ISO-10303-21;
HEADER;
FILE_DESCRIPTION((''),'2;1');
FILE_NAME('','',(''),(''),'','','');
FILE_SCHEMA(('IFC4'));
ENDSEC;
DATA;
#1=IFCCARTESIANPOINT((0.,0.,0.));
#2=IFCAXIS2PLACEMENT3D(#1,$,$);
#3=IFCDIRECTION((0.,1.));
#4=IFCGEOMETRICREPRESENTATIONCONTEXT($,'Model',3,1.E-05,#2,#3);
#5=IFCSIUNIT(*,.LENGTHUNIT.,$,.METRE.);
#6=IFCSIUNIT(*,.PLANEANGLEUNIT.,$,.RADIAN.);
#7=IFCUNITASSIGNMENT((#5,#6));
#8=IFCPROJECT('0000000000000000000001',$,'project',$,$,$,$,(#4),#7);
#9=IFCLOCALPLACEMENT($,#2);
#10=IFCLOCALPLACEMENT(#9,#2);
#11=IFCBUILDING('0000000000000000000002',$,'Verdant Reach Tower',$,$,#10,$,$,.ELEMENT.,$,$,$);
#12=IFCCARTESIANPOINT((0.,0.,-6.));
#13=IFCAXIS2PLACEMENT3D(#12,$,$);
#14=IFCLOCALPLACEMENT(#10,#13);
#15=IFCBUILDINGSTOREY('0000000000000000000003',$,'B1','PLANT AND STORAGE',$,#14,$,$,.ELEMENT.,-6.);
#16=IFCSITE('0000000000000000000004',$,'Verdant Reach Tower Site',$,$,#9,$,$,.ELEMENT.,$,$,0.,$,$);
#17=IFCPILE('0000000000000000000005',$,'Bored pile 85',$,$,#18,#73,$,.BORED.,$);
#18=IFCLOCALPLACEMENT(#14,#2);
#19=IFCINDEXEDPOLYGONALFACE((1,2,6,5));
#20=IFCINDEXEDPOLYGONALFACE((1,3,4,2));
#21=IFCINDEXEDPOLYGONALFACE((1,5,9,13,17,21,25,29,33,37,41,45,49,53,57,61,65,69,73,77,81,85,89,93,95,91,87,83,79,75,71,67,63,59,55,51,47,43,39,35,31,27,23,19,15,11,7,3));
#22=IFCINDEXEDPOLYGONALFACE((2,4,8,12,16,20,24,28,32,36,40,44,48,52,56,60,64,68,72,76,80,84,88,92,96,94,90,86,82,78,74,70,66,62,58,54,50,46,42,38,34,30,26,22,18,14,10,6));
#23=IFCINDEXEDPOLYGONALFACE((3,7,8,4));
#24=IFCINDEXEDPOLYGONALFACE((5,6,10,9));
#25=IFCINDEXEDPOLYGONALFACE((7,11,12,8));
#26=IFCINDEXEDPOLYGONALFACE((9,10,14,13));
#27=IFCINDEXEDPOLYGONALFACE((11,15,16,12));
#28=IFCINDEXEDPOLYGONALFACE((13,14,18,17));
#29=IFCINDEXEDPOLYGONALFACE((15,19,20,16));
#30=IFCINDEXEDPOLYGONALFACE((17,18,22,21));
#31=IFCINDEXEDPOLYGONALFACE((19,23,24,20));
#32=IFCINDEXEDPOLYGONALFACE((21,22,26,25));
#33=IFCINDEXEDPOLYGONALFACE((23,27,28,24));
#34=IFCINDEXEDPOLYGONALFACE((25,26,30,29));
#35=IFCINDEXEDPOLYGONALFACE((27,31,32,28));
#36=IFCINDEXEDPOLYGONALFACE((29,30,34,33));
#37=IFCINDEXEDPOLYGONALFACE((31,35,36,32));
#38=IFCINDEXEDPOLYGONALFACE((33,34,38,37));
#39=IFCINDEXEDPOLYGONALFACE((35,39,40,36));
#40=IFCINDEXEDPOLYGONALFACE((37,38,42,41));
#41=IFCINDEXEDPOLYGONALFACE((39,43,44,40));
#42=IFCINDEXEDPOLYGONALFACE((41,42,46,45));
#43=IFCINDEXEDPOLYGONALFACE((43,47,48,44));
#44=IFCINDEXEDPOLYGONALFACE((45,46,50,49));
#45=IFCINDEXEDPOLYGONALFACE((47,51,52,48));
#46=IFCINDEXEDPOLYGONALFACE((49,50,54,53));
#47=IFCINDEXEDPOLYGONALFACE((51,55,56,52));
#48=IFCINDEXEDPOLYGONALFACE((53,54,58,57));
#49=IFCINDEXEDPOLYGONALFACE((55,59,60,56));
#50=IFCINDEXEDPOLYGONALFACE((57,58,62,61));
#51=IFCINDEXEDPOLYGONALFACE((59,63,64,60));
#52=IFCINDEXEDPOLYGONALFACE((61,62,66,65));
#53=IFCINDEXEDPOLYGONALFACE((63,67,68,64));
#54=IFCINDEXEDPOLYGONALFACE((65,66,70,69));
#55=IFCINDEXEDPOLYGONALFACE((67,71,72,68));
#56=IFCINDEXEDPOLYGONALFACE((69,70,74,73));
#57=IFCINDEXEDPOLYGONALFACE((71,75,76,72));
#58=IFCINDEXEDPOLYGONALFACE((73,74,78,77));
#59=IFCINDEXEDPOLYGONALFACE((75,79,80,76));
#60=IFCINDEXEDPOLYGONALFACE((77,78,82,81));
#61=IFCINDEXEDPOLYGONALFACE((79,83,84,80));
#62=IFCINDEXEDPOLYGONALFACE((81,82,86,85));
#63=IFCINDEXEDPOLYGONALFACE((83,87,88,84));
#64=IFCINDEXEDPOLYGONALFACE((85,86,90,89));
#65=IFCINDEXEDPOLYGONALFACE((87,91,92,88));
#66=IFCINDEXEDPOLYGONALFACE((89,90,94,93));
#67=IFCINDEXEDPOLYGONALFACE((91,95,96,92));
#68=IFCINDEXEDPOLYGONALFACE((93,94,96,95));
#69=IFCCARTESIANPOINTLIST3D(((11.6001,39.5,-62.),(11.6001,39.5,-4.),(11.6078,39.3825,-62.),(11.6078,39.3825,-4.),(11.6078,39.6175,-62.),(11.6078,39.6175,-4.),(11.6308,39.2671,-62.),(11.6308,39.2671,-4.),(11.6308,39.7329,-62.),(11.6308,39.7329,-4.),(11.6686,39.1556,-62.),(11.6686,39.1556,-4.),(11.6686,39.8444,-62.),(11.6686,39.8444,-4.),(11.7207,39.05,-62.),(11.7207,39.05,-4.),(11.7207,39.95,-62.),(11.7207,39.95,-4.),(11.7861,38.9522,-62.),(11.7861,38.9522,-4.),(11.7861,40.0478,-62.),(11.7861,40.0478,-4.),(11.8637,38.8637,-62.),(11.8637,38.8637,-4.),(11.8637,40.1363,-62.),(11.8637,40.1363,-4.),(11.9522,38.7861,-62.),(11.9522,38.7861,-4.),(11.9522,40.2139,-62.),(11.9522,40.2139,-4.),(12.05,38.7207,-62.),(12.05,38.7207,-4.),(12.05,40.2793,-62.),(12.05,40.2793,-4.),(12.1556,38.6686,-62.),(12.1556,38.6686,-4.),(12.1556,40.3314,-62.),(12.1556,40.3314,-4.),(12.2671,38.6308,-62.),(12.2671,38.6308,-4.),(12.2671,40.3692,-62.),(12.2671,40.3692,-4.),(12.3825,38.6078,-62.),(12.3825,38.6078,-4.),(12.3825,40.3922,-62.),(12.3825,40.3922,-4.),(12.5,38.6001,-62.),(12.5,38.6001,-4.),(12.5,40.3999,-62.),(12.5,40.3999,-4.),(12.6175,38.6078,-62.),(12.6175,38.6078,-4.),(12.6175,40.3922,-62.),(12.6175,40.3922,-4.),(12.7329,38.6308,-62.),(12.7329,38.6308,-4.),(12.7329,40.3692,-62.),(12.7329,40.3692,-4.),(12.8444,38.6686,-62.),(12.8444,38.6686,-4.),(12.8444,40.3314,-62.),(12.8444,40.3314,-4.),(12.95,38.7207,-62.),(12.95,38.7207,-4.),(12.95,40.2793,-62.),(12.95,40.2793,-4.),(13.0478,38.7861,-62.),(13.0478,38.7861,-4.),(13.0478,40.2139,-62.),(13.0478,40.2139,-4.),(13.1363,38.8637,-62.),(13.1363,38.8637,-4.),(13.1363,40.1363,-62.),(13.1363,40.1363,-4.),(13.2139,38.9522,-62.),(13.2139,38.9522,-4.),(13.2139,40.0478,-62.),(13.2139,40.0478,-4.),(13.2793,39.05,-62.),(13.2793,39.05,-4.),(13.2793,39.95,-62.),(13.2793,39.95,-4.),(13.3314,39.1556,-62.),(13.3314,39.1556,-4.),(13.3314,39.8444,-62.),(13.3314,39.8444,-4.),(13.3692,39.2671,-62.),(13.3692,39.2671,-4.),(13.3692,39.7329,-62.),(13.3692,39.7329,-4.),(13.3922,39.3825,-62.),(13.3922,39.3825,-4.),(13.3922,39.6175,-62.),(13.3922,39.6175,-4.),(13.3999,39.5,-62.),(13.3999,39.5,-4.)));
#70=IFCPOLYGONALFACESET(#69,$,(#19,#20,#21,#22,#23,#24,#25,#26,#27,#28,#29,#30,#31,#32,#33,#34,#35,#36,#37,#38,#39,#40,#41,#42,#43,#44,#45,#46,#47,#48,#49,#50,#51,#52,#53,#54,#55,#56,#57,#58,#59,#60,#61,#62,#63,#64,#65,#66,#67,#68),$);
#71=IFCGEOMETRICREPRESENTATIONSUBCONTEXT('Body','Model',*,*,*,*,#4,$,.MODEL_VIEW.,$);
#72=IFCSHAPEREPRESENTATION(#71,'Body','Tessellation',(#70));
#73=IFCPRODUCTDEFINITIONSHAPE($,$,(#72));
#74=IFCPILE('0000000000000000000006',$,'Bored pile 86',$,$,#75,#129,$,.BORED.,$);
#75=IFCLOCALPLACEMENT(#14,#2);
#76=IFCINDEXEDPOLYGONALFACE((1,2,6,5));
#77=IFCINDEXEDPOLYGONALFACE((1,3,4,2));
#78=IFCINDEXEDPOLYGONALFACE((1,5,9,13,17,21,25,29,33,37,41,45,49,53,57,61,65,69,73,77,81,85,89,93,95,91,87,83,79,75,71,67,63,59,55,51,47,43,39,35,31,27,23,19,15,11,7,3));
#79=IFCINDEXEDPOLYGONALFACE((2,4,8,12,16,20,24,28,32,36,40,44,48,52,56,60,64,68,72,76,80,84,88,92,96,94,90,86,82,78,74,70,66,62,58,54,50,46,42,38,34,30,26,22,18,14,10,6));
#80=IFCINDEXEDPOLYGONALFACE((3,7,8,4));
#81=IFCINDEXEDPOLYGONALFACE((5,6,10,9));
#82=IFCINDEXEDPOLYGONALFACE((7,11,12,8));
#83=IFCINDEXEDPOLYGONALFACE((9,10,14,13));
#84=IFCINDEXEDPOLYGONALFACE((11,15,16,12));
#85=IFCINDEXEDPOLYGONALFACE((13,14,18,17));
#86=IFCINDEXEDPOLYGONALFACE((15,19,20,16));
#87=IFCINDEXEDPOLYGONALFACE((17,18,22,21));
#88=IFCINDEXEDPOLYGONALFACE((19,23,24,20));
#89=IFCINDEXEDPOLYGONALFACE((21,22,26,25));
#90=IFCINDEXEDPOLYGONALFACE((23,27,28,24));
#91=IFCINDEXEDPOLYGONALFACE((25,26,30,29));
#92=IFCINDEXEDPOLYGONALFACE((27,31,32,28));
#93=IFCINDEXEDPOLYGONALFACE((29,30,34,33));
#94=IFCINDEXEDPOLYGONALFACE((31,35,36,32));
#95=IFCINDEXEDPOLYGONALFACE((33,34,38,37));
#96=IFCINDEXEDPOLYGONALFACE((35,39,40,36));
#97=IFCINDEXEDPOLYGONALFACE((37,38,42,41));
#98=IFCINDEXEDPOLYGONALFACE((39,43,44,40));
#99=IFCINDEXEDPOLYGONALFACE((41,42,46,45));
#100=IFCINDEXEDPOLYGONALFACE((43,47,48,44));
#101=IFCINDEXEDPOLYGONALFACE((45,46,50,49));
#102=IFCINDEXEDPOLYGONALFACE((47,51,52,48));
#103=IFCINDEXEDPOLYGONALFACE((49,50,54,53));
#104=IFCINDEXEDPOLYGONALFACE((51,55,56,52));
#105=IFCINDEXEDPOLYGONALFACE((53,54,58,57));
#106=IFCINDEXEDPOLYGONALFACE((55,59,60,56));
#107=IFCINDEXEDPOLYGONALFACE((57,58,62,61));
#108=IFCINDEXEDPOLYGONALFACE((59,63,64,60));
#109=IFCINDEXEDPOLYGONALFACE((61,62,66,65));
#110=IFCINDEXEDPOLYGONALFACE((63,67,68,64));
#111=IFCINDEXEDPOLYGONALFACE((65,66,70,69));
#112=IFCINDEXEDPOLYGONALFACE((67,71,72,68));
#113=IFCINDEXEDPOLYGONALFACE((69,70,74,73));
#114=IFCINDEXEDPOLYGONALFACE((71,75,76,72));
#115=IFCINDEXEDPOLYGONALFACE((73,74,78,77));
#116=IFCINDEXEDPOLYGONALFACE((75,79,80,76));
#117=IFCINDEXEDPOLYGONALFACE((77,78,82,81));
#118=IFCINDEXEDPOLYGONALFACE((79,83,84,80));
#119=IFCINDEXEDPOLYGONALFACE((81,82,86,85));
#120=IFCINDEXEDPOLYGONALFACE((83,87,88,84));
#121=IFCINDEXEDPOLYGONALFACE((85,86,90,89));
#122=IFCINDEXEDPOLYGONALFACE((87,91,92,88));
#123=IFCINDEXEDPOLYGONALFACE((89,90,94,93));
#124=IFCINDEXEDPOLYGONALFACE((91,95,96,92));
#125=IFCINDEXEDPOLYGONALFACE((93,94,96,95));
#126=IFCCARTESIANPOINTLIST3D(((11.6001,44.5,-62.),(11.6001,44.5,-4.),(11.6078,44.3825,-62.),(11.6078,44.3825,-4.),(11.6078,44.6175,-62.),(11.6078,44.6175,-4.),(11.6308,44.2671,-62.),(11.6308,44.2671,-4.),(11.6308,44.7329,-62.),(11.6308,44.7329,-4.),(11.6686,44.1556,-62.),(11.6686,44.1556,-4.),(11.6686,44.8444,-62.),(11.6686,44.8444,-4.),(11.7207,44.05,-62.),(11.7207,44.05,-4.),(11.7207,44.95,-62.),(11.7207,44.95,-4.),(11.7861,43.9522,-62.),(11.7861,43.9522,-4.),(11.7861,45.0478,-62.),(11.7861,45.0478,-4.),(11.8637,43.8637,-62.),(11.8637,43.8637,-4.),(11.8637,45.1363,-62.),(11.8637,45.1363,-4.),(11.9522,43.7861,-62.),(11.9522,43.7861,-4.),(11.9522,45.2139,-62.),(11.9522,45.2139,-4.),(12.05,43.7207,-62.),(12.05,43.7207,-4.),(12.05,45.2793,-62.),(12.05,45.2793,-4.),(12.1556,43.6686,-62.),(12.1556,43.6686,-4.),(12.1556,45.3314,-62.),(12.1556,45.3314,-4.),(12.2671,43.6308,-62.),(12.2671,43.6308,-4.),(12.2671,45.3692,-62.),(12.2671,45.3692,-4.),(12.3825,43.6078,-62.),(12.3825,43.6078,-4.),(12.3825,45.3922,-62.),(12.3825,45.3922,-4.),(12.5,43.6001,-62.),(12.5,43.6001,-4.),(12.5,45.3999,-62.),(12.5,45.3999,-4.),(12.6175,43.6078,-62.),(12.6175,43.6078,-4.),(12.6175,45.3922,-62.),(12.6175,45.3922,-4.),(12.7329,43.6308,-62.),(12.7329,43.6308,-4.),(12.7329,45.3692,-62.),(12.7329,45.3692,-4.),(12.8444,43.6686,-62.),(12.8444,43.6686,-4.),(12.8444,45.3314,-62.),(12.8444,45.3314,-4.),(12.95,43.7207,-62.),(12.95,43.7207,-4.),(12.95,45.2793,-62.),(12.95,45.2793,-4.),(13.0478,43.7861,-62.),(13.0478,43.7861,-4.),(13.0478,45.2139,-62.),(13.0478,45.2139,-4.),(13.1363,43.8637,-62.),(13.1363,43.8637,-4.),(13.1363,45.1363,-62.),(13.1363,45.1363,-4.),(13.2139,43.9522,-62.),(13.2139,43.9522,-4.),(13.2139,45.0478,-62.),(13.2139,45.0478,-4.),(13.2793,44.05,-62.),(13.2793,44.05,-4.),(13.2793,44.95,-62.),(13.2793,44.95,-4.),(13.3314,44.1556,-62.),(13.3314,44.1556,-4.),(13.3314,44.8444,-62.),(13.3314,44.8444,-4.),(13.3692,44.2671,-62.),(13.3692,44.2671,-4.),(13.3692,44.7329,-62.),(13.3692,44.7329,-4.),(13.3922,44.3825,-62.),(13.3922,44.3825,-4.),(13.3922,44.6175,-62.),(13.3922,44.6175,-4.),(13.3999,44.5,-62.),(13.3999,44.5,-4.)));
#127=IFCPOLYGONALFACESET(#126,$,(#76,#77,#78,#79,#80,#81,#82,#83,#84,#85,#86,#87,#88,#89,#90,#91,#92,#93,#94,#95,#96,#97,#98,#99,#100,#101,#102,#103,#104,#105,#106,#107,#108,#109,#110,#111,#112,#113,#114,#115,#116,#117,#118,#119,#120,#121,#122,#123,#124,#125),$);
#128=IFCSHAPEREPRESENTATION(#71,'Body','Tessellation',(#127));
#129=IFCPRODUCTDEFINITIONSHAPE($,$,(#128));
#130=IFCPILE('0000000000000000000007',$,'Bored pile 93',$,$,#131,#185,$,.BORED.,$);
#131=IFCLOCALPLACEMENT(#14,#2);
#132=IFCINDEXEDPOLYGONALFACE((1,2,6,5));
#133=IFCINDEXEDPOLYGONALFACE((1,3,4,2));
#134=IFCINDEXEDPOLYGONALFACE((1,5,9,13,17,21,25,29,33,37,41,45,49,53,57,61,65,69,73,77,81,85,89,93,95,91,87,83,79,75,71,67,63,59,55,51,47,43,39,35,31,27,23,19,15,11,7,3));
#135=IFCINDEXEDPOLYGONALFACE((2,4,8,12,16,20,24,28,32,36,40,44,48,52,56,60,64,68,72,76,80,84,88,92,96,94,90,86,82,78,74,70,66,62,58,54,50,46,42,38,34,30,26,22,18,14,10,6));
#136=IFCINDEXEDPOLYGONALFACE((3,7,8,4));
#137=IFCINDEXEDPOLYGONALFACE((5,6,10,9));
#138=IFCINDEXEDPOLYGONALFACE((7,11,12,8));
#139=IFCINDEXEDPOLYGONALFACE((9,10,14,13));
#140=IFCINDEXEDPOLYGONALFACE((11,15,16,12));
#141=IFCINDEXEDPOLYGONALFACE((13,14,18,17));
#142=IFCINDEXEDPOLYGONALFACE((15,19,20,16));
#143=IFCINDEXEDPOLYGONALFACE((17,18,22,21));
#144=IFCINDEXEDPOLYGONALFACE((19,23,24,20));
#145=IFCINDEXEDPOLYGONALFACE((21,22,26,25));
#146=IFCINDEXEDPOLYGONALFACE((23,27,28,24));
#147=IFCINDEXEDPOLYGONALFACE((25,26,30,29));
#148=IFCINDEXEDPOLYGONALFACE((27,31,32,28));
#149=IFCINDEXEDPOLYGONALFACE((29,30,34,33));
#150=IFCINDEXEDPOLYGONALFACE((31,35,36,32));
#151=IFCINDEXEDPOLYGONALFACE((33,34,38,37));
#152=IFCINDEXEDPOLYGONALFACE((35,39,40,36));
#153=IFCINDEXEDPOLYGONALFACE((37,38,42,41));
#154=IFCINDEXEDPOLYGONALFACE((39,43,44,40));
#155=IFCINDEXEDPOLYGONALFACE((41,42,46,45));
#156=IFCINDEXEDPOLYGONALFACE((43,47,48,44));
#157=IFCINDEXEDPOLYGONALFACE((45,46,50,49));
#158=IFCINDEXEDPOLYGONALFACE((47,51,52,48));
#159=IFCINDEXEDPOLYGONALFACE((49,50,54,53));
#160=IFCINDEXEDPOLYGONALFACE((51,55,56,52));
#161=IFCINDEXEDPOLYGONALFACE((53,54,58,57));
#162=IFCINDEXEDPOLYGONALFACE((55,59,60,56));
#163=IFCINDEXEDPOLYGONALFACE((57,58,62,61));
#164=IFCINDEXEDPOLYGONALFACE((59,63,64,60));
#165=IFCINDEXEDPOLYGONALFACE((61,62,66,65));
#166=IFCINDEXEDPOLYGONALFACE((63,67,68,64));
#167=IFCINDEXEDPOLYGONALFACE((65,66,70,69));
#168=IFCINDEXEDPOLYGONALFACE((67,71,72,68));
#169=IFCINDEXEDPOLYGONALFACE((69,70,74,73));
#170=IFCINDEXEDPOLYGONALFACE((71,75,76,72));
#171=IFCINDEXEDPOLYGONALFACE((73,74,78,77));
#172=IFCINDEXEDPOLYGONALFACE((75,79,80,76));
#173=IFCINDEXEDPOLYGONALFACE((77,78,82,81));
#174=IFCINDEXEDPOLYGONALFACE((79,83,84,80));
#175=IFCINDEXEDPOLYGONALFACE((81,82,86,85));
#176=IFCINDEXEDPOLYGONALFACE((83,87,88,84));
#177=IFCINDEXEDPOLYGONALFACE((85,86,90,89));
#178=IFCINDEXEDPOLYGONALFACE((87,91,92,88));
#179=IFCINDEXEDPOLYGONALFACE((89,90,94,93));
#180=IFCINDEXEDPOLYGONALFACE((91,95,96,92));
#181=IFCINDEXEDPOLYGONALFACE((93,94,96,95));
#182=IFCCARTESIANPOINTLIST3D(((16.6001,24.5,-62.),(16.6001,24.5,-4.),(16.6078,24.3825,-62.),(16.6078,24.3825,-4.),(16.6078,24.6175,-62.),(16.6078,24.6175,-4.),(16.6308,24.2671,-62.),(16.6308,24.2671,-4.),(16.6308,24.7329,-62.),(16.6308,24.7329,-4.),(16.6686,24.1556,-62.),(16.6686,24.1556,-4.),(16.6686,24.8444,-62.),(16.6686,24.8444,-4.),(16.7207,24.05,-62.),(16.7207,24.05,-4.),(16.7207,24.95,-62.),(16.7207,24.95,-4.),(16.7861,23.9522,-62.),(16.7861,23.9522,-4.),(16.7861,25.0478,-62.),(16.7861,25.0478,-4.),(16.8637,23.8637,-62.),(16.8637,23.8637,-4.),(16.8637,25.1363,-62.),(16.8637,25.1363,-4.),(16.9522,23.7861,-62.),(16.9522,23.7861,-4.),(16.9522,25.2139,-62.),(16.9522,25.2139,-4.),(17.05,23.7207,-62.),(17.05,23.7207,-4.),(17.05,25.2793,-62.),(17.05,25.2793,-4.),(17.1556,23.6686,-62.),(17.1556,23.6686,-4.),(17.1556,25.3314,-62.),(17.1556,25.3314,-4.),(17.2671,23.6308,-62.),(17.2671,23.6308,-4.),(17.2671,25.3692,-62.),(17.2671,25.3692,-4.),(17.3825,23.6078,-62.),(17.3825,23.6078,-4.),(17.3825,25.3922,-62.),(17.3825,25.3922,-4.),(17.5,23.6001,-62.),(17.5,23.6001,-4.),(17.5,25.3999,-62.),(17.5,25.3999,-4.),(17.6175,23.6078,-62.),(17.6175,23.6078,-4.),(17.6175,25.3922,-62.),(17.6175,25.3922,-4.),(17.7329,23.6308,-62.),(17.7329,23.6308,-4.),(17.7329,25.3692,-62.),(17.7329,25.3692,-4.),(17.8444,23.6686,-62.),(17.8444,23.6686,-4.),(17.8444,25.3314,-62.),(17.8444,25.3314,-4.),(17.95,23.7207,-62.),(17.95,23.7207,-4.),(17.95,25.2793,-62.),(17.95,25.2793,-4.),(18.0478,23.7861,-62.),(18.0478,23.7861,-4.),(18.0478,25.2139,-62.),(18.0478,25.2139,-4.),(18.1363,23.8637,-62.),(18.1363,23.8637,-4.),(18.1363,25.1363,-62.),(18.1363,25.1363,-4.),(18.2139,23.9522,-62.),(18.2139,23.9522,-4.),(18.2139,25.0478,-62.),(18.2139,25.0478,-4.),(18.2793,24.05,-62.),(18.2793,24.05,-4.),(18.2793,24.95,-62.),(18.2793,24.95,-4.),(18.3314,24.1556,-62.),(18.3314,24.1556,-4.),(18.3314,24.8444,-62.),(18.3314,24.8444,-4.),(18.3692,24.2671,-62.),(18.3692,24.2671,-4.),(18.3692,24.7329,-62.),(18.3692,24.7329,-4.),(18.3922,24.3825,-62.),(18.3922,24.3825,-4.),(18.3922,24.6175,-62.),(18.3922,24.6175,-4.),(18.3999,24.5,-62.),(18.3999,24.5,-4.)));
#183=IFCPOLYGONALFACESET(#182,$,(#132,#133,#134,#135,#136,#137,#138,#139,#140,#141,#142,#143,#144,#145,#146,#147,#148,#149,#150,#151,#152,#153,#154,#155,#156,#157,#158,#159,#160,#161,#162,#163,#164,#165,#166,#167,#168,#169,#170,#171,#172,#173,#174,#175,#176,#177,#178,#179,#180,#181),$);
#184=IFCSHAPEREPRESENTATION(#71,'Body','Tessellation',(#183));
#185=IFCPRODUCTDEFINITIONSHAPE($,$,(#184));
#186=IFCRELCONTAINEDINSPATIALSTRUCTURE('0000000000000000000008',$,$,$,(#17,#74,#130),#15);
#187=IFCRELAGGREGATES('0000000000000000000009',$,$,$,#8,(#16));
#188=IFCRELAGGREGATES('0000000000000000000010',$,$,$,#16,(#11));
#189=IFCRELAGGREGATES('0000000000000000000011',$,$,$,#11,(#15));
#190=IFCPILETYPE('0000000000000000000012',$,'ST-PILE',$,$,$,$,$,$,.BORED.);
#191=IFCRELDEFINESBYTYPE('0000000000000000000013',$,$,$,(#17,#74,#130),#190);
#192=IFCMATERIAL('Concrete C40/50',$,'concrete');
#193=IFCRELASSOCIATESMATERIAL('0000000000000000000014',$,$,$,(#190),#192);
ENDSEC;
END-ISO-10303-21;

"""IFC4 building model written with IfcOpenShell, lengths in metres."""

from ifc_helpers import new_model, si_unit, direction, frame, origin, origin_2d, place, context, subcontext, project, spatial, circle, extrude, material, material_profile, profile_set, type_object, element, save


model = new_model("IFC4")

# Units and contexts
model_context = context("Model", 3, precision=1e-05, world=origin(), true_north=direction((0.0, 1.0)))
body_context = subcontext(model_context, "Body", "Model", "MODEL_VIEW")
ifc_project = project(units=[si_unit("LENGTHUNIT", "METRE"), si_unit("PLANEANGLEUNIT", "RADIAN")], contexts=[model_context])

# Site, building, storey
site_placement = place(None, origin())
site = spatial("IfcSite", under=ifc_project, at=site_placement, Name="Verdant Reach Tower Site", CompositionType="ELEMENT", RefElevation=0.0)
building_placement = place(site_placement, origin())
building = spatial("IfcBuilding", under=site, at=building_placement, Name="Verdant Reach Tower", CompositionType="ELEMENT")
storey_placement = place(building_placement, frame((0.0, 0.0, -6.0)))
storey = spatial("IfcBuildingStorey", under=building, at=storey_placement, Name="B1", Description="PLANT AND STORAGE", CompositionType="ELEMENT", Elevation=-6.0)

# Piles
ifc_material_1 = material(Name="Concrete C40/50", Category="concrete")
ifc_material_profile_1 = material_profile(ifc_material_1, circle(Radius=0.8999, at=origin_2d()), Name="BP 1800")
ifc_profile_set_1 = profile_set([ifc_material_profile_1], Name="Concrete C40/50")
pile_type = type_object("IfcPileType", Name="ST-PILE", PredefinedType="BORED", material=ifc_profile_set_1)
for number, where, z_axis, x_axis, name in (
    (1, (12.5, 39.5, -4.0), (0.0, 0.0, -1.0), (1.0, 0.0, 0.0), "Bored pile 85"),
    (2, (12.5, 44.5, -4.0), (0.0, 0.0, -1.0), (1.0, 0.0, 0.0), "Bored pile 86"),
    (3, (17.5, 24.5, -4.0), (0.0, 0.0, -1.0), (1.0, 0.0, 0.0), "Bored pile 93"),
):
    element("IfcPile", number, at=place(storey_placement, frame(where, z_axis=z_axis, x_axis=x_axis)), inside=storey, type_object=pile_type, Name=name, PredefinedType="BORED", context=body_context, shape_type="SweptSolid", body=[
        extrude(circle(Radius=0.8999, at=origin_2d()), origin(), (0.0, 0.0, 1.0), 58.0),
    ])

save(model, "model.ifc")
